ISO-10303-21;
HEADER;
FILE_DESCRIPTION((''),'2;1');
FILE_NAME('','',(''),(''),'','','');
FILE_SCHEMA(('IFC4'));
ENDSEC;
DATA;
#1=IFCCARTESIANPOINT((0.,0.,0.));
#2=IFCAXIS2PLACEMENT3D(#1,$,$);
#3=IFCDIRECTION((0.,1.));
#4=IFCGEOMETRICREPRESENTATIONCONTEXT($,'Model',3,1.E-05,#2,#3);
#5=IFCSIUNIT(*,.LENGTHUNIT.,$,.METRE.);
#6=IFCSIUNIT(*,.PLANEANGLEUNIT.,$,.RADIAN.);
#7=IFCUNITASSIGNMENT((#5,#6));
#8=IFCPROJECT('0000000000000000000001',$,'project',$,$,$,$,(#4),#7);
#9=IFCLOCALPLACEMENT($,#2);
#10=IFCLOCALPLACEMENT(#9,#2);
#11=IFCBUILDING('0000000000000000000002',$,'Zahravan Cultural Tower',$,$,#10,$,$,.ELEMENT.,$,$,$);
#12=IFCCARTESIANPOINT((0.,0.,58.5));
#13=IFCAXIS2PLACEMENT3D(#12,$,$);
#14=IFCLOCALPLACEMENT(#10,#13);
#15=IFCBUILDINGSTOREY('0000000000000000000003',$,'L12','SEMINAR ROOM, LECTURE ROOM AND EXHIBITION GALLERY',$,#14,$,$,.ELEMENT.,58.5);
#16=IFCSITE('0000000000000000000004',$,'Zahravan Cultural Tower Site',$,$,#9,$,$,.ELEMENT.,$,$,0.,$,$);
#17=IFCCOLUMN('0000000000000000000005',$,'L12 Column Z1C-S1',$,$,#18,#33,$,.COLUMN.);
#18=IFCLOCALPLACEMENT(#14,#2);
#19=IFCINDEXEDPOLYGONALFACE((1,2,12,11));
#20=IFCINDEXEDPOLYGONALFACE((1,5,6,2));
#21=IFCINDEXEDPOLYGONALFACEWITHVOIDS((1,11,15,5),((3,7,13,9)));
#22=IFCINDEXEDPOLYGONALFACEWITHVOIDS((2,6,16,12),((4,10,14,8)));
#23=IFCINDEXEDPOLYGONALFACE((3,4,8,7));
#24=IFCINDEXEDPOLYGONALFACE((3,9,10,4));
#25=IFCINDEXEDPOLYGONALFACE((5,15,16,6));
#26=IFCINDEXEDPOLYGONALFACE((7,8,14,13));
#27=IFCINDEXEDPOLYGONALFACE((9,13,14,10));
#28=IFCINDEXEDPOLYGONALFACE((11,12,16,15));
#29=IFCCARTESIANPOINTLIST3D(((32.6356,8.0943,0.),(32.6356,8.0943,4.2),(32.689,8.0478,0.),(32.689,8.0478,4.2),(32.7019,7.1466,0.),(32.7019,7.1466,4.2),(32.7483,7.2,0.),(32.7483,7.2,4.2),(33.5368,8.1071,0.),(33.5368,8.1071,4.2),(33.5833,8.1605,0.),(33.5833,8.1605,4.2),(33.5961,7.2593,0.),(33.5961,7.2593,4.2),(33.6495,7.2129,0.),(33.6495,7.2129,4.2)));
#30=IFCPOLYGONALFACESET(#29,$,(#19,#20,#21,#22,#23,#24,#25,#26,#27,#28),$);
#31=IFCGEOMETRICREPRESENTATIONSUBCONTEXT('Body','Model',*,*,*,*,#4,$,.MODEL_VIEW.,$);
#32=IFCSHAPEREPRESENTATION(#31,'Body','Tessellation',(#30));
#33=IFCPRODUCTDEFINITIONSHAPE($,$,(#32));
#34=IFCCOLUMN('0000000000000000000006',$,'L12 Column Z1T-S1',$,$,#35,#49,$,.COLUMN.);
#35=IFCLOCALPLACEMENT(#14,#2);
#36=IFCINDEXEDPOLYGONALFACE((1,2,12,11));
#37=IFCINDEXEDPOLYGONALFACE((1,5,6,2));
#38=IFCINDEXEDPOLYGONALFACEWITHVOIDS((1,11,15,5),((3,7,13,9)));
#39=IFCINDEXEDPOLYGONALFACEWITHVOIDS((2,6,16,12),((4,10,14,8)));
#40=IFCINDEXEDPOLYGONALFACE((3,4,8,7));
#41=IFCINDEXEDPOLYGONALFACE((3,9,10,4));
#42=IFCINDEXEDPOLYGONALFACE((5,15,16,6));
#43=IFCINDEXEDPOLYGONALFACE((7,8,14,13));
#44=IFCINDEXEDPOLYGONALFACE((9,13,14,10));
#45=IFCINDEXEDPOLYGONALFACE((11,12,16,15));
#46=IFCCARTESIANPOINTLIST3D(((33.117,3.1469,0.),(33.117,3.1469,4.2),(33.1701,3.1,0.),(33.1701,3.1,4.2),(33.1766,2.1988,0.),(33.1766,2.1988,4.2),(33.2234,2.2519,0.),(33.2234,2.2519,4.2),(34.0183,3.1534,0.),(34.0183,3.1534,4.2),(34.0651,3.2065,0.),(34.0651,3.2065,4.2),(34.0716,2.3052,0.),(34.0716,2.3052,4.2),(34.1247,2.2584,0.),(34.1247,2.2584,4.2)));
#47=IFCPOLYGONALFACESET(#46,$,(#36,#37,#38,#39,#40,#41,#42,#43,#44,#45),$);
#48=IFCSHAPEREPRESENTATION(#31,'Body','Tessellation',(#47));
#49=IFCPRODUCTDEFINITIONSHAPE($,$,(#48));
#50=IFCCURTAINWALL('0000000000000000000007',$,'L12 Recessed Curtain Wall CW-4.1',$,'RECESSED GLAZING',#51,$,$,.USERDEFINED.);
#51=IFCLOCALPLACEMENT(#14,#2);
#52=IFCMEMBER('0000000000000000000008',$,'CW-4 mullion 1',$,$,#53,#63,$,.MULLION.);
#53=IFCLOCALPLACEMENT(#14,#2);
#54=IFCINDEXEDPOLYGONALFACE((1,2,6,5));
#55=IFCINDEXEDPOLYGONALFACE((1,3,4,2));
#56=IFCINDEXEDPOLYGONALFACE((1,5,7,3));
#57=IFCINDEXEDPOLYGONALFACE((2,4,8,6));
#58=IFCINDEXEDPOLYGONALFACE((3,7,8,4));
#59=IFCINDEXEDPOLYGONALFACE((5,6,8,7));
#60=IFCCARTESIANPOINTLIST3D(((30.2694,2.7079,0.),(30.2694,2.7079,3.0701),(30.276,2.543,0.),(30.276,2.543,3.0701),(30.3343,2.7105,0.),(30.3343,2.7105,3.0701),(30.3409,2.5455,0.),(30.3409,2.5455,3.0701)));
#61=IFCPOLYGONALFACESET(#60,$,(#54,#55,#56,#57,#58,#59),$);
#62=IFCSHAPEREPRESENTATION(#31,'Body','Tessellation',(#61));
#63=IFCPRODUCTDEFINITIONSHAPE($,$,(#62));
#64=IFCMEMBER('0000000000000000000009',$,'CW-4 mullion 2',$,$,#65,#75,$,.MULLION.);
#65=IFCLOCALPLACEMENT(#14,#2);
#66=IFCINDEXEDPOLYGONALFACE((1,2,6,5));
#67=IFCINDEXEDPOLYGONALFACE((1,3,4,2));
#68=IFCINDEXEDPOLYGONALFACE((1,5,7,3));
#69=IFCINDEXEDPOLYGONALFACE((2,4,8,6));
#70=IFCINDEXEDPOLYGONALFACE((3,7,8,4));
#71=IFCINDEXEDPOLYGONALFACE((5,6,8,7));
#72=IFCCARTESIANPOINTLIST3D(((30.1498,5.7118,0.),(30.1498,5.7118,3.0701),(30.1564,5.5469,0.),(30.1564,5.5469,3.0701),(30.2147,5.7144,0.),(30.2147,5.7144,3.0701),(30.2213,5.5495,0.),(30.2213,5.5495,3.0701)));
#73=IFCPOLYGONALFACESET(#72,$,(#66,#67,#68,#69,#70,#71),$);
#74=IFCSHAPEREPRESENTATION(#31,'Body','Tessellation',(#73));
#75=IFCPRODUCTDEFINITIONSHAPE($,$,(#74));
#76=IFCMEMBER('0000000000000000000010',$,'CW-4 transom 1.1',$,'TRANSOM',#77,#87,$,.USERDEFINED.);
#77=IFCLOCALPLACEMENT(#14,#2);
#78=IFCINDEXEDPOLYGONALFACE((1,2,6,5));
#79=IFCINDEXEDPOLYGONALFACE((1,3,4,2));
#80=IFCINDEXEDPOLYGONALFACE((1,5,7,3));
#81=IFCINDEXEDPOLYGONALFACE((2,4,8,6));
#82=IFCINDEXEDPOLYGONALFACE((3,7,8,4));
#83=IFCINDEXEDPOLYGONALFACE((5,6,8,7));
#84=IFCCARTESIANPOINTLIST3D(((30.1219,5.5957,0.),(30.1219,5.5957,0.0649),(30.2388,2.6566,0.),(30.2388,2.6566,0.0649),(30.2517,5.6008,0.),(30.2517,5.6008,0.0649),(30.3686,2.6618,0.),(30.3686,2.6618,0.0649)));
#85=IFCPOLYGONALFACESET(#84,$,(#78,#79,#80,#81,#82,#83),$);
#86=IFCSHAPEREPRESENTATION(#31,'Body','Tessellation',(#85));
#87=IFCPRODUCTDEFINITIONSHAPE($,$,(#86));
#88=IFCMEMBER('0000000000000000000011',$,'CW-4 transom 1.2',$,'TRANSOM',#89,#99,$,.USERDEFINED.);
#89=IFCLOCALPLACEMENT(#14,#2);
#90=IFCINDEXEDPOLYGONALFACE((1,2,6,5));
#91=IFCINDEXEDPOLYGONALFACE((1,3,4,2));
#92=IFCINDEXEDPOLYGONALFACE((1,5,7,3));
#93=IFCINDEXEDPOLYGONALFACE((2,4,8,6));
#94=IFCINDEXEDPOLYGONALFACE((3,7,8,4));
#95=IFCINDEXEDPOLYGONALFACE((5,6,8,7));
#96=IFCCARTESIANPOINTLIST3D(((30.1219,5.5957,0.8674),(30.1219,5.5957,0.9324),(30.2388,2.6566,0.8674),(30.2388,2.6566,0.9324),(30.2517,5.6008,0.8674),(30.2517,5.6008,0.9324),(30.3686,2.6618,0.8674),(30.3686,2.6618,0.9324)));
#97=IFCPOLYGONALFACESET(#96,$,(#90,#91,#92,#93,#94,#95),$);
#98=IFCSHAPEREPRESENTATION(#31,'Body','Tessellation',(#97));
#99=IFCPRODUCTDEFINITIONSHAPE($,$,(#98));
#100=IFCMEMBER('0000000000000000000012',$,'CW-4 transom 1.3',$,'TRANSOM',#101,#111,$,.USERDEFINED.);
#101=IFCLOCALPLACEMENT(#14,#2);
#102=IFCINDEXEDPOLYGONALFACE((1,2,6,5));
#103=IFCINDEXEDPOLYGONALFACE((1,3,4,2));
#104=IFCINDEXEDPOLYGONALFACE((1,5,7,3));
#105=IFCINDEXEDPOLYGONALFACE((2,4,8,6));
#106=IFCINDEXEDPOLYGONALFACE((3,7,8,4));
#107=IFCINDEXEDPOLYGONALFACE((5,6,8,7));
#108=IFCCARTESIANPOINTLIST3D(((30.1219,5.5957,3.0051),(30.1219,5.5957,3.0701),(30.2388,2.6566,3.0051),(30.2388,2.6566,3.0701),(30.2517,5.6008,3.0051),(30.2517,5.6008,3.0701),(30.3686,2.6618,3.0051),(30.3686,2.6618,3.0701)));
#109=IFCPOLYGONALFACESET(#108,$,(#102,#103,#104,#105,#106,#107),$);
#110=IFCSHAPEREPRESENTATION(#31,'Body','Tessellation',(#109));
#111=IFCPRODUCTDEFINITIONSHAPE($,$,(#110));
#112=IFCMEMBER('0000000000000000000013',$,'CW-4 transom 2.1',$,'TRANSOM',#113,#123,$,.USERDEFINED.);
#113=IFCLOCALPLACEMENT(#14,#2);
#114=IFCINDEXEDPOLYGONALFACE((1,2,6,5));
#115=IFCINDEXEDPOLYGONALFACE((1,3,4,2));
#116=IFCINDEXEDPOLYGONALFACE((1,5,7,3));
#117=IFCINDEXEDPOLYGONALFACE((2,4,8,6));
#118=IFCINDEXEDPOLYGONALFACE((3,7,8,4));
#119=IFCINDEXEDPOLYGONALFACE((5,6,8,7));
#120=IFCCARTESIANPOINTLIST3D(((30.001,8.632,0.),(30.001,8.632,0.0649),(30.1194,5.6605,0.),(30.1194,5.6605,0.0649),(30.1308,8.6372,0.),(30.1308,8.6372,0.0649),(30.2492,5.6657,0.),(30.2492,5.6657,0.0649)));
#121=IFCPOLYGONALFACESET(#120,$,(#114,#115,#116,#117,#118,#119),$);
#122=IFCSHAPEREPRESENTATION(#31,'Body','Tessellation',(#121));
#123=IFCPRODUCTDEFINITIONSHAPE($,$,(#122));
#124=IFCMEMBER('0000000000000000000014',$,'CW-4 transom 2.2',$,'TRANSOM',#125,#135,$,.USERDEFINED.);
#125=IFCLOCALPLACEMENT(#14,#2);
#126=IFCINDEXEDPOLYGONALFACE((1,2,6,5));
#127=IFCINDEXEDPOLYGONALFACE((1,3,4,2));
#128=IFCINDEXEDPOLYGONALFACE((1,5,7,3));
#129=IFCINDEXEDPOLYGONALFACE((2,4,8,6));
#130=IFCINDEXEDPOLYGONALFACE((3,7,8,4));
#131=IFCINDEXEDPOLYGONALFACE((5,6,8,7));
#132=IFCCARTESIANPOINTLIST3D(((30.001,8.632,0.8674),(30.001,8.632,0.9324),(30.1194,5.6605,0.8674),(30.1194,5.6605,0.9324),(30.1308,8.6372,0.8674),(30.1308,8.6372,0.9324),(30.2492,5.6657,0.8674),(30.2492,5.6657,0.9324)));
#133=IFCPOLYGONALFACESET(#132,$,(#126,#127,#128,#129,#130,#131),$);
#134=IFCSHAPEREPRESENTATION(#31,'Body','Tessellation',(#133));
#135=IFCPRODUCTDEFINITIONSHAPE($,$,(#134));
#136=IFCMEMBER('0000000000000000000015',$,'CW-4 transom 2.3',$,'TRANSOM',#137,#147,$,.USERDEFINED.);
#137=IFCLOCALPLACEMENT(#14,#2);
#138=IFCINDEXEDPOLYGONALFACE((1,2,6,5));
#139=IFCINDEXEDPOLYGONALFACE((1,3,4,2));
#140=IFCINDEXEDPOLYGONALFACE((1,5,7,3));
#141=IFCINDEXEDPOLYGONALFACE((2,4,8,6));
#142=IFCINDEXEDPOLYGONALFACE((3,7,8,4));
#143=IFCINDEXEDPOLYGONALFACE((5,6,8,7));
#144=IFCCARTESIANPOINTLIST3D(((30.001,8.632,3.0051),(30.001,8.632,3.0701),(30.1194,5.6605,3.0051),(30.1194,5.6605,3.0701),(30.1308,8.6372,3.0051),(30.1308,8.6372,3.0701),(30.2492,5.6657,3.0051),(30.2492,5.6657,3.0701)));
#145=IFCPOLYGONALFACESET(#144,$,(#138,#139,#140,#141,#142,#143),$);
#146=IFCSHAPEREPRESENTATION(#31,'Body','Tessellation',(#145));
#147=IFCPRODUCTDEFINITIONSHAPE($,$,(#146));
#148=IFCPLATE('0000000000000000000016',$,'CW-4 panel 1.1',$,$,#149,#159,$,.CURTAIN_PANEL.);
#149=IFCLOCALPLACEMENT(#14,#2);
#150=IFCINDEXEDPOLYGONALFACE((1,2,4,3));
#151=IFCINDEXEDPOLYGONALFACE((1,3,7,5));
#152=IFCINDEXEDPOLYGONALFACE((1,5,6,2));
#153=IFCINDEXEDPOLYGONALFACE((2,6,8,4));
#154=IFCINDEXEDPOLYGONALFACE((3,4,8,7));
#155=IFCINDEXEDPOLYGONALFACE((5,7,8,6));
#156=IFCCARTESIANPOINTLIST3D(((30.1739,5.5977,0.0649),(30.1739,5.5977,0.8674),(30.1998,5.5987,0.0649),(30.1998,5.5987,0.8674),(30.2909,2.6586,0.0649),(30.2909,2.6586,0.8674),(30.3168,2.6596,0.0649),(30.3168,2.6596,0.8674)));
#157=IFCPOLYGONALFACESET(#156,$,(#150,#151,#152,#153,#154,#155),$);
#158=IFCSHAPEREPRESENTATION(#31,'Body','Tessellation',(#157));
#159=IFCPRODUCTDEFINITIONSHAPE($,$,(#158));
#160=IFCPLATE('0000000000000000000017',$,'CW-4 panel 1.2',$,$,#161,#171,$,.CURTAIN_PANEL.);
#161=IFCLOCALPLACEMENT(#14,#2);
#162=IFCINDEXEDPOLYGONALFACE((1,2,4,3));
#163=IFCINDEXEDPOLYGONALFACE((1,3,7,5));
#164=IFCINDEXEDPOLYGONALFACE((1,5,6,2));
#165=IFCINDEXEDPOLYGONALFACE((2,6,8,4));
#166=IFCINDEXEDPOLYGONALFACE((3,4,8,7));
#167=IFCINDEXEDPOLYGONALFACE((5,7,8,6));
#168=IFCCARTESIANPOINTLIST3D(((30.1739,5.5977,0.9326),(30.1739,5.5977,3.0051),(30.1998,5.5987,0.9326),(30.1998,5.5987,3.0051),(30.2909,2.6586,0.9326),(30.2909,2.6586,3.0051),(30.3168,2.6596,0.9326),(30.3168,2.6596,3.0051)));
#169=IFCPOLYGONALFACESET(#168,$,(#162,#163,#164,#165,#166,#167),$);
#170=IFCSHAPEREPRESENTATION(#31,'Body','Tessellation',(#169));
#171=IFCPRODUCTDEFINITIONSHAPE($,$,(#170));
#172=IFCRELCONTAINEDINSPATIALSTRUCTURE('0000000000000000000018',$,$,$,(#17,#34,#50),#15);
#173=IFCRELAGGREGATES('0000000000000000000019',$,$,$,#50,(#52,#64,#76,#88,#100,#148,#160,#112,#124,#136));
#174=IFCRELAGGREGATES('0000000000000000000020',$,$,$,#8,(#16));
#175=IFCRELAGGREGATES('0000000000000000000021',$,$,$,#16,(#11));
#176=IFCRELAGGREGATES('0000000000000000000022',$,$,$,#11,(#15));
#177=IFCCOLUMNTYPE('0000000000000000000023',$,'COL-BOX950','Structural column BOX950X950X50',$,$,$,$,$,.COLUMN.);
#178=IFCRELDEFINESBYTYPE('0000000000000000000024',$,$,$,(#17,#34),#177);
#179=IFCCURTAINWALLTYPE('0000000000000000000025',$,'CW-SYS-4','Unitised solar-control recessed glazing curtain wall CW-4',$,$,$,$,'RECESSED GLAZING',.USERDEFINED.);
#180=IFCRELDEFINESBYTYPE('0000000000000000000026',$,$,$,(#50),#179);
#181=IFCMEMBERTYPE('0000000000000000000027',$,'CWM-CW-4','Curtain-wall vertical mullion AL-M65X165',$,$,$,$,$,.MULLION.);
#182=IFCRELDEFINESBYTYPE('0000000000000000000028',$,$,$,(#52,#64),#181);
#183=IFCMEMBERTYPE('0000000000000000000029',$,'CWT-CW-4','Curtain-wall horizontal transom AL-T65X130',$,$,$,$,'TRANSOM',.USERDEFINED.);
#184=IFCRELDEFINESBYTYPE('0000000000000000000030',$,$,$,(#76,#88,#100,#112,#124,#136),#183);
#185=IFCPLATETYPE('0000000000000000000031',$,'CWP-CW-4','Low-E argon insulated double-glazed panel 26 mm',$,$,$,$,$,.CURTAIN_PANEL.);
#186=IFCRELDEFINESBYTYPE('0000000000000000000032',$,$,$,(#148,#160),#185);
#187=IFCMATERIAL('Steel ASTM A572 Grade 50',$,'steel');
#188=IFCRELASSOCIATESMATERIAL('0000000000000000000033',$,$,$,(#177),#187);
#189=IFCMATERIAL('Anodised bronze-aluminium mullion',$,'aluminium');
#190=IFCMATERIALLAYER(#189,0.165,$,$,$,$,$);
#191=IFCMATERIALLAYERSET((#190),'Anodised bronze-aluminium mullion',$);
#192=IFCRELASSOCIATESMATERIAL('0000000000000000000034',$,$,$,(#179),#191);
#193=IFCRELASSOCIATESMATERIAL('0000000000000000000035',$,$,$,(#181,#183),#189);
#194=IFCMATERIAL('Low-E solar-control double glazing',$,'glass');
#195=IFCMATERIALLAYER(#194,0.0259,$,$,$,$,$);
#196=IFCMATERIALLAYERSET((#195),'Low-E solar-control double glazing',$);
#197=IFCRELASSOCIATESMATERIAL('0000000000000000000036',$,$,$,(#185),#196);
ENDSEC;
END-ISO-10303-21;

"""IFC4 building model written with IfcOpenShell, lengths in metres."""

from ifc_helpers import new_model, si_unit, direction, frame, origin, origin_2d, place, context, subcontext, project, spatial, rectangle, hollow_rectangle, extrude, source, transform, mapped, material, layer, layer_set, material_profile, profile_set, type_object, element, aggregate, save


model = new_model("IFC4")

# Units and contexts
model_context = context("Model", 3, precision=1e-05, world=origin(), true_north=direction((0.0, 1.0)))
body_context = subcontext(model_context, "Body", "Model", "MODEL_VIEW")
ifc_project = project(units=[si_unit("LENGTHUNIT", "METRE"), si_unit("PLANEANGLEUNIT", "RADIAN")], contexts=[model_context])

# Site, building, storey
site_placement = place(None, origin())
site = spatial("IfcSite", under=ifc_project, at=site_placement, Name="Zahravan Cultural Tower Site", CompositionType="ELEMENT", RefElevation=0.0)
building_placement = place(site_placement, origin())
building = spatial("IfcBuilding", under=site, at=building_placement, Name="Zahravan Cultural Tower", CompositionType="ELEMENT")
storey_placement = place(building_placement, frame((0.0, 0.0, 58.5)))
storey = spatial("IfcBuildingStorey", under=building, at=storey_placement, Name="L12", Description="SEMINAR ROOM, LECTURE ROOM AND EXHIBITION GALLERY", CompositionType="ELEMENT", Elevation=58.5)

# Columns
ifc_material_1 = material(Name="Steel ASTM A572 Grade 50", Category="steel")
ifc_material_profile_1 = material_profile(ifc_material_1, hollow_rectangle(XDim=0.95, YDim=0.95, WallThickness=0.05, at=origin_2d()), Name="BOX950X950X50")
ifc_profile_set_1 = profile_set([ifc_material_profile_1], Name="Steel ASTM A572 Grade 50")
column_type = type_object("IfcColumnType", Name="COL-BOX950", Description="Structural column BOX950X950X50", PredefinedType="COLUMN", material=ifc_profile_set_1)
shared_shape_1 = source(origin(), body_context, "Body", "SweptSolid", [
    extrude(hollow_rectangle(XDim=0.95, YDim=0.95, WallThickness=0.05, at=origin_2d()), origin(), (0.0, 0.0, 1.0), 4.2),
])
for number, where, z_axis, x_axis, name in (
    (1, (33.1426, 7.6536, 0.0), (0.0, 0.0, 1.0), (-0.069756, 0.997564, 0.0), "L12 Column Z1C-S1"),
    (2, (33.6208, 2.7026, 0.0), (0.0, 0.0, 1.0), (-0.062791, 0.998027, 0.0), "L12 Column Z1T-S1"),
):
    element("IfcColumn", number, at=place(storey_placement, frame(where, z_axis=z_axis, x_axis=x_axis)), inside=storey, type_object=column_type, Name=name, PredefinedType="COLUMN", context=body_context, shape_type="MappedRepresentation", body=[
        mapped(shared_shape_1, transform((0.0, 0.0, 0.0), x_axis=(1.0, 0.0, 0.0), y_axis=(0.0, 1.0, 0.0), z_axis=(0.0, 0.0, 1.0), scale=1.0)),
    ])

# Curtain wall, members, plates
ifc_material_2 = material(Name="Anodised bronze-aluminium mullion", Category="aluminium")
ifc_layer_1 = layer(ifc_material_2, 0.165)
ifc_layer_set_1 = layer_set([ifc_layer_1], Name="Anodised bronze-aluminium mullion")
curtain_wall_type = type_object("IfcCurtainWallType", Name="CW-SYS-4", Description="Unitised solar-control recessed glazing curtain wall CW-4", ElementType="RECESSED GLAZING", PredefinedType="USERDEFINED", material=ifc_layer_set_1)
curtain_wall_placement = place(storey_placement, origin())
curtain_wall = element("IfcCurtainWall", 3, at=curtain_wall_placement, inside=storey, type_object=curtain_wall_type, Name="L12 Recessed Curtain Wall CW-4.1", ObjectType="RECESSED GLAZING", PredefinedType="USERDEFINED")
ifc_material_profile_2 = material_profile(ifc_material_2, rectangle(XDim=0.0649, YDim=0.165, at=origin_2d()), Name="AL-M65X165")
ifc_profile_set_2 = profile_set([ifc_material_profile_2], Name="Anodised bronze-aluminium mullion")
member_type_1 = type_object("IfcMemberType", Name="CWM-CW-4", Description="Curtain-wall vertical mullion AL-M65X165", PredefinedType="MULLION", material=ifc_profile_set_2)
shared_shape_2 = source(origin(), body_context, "Body", "SweptSolid", [
    extrude(rectangle(XDim=0.0649, YDim=0.165, at=origin_2d()), origin(), (0.0, 0.0, 1.0), 3.0701),
])
member_1_placement = place(storey_placement, frame((30.3052, 2.6267, 0.0), z_axis=(0.0, 0.0, 1.0), x_axis=(-0.999208, -0.039785, 0.0)))
member_1 = element("IfcMember", 4, at=member_1_placement, type_object=member_type_1, Name="CW-4 mullion 1", PredefinedType="MULLION", context=body_context, shape_type="MappedRepresentation", body=[
    mapped(shared_shape_2, transform((0.0, 0.0, 0.0), x_axis=(1.0, 0.0, 0.0), y_axis=(0.0, 1.0, 0.0), z_axis=(0.0, 0.0, 1.0), scale=1.0)),
])
member_2_placement = place(storey_placement, frame((30.1855, 5.6306, 0.0), z_axis=(0.0, 0.0, 1.0), x_axis=(-0.999208, -0.039785, 0.0)))
member_2 = element("IfcMember", 5, at=member_2_placement, type_object=member_type_1, Name="CW-4 mullion 2", PredefinedType="MULLION", context=body_context, shape_type="MappedRepresentation", body=[
    mapped(shared_shape_2, transform((0.0, 0.0, 0.0), x_axis=(1.0, 0.0, 0.0), y_axis=(0.0, 1.0, 0.0), z_axis=(0.0, 0.0, 1.0), scale=1.0)),
])
ifc_material_profile_3 = material_profile(ifc_material_2, rectangle(XDim=0.1299, YDim=0.0649, at=origin_2d()), Name="AL-T65X130")
ifc_profile_set_3 = profile_set([ifc_material_profile_3], Name="Anodised bronze-aluminium mullion")
member_type_2 = type_object("IfcMemberType", Name="CWT-CW-4", Description="Curtain-wall horizontal transom AL-T65X130", ElementType="TRANSOM", PredefinedType="USERDEFINED", material=ifc_profile_set_3)
shared_shape_3 = source(origin(), body_context, "Body", "SweptSolid", [
    extrude(rectangle(XDim=0.1299, YDim=0.0649, at=origin_2d()), origin(), (0.0, 0.0, 1.0), 2.9414),
])
member_3_placement = place(storey_placement, frame((30.3037, 2.6592, 0.0325), z_axis=(-0.039759, 0.999209, 0.0), x_axis=(-0.999209, -0.039759, 0.0)))
member_3 = element("IfcMember", 6, at=member_3_placement, type_object=member_type_2, Name="CW-4 transom 1.1", ObjectType="TRANSOM", PredefinedType="USERDEFINED", context=body_context, shape_type="MappedRepresentation", body=[
    mapped(shared_shape_3, transform((0.0, 0.0, 0.0), x_axis=(1.0, 0.0, 0.0), y_axis=(0.0, 1.0, 0.0), z_axis=(0.0, 0.0, 1.0), scale=1.0)),
])
member_4_placement = place(storey_placement, frame((30.3037, 2.6592, 0.8999), z_axis=(-0.039759, 0.999209, 0.0), x_axis=(-0.999209, -0.039759, 0.0)))
member_4 = element("IfcMember", 7, at=member_4_placement, type_object=member_type_2, Name="CW-4 transom 1.2", ObjectType="TRANSOM", PredefinedType="USERDEFINED", context=body_context, shape_type="MappedRepresentation", body=[
    mapped(shared_shape_3, transform((0.0, 0.0, 0.0), x_axis=(1.0, 0.0, 0.0), y_axis=(0.0, 1.0, 0.0), z_axis=(0.0, 0.0, 1.0), scale=1.0)),
])
member_5_placement = place(storey_placement, frame((30.3037, 2.6592, 3.0376), z_axis=(-0.039759, 0.999209, 0.0), x_axis=(-0.999209, -0.039759, 0.0)))
member_5 = element("IfcMember", 8, at=member_5_placement, type_object=member_type_2, Name="CW-4 transom 1.3", ObjectType="TRANSOM", PredefinedType="USERDEFINED", context=body_context, shape_type="MappedRepresentation", body=[
    mapped(shared_shape_3, transform((0.0, 0.0, 0.0), x_axis=(1.0, 0.0, 0.0), y_axis=(0.0, 1.0, 0.0), z_axis=(0.0, 0.0, 1.0), scale=1.0)),
])
shared_shape_4 = source(origin(), body_context, "Body", "SweptSolid", [
    extrude(rectangle(XDim=0.1299, YDim=0.0649, at=origin_2d()), origin(), (0.0, 0.0, 1.0), 2.9739),
])
member_6_placement = place(storey_placement, frame((30.1843, 5.6631, 0.0325), z_axis=(-0.039817, 0.999207, 0.0), x_axis=(-0.999207, -0.039817, 0.0)))
member_6 = element("IfcMember", 9, at=member_6_placement, type_object=member_type_2, Name="CW-4 transom 2.1", ObjectType="TRANSOM", PredefinedType="USERDEFINED", context=body_context, shape_type="MappedRepresentation", body=[
    mapped(shared_shape_4, transform((0.0, 0.0, 0.0), x_axis=(1.0, 0.0, 0.0), y_axis=(0.0, 1.0, 0.0), z_axis=(0.0, 0.0, 1.0), scale=1.0)),
])
member_7_placement = place(storey_placement, frame((30.1843, 5.6631, 0.8999), z_axis=(-0.039817, 0.999207, 0.0), x_axis=(-0.999207, -0.039817, 0.0)))
member_7 = element("IfcMember", 10, at=member_7_placement, type_object=member_type_2, Name="CW-4 transom 2.2", ObjectType="TRANSOM", PredefinedType="USERDEFINED", context=body_context, shape_type="MappedRepresentation", body=[
    mapped(shared_shape_4, transform((0.0, 0.0, 0.0), x_axis=(1.0, 0.0, 0.0), y_axis=(0.0, 1.0, 0.0), z_axis=(0.0, 0.0, 1.0), scale=1.0)),
])
member_8_placement = place(storey_placement, frame((30.1843, 5.6631, 3.0376), z_axis=(-0.039817, 0.999207, 0.0), x_axis=(-0.999207, -0.039817, 0.0)))
member_8 = element("IfcMember", 11, at=member_8_placement, type_object=member_type_2, Name="CW-4 transom 2.3", ObjectType="TRANSOM", PredefinedType="USERDEFINED", context=body_context, shape_type="MappedRepresentation", body=[
    mapped(shared_shape_4, transform((0.0, 0.0, 0.0), x_axis=(1.0, 0.0, 0.0), y_axis=(0.0, 1.0, 0.0), z_axis=(0.0, 0.0, 1.0), scale=1.0)),
])
ifc_material_3 = material(Name="Low-E solar-control double glazing", Category="glass")
ifc_layer_2 = layer(ifc_material_3, 0.0259)
ifc_layer_set_2 = layer_set([ifc_layer_2], Name="Low-E solar-control double glazing")
plate_type = type_object("IfcPlateType", Name="CWP-CW-4", Description="Low-E argon insulated double-glazed panel 26 mm", PredefinedType="CURTAIN_PANEL", material=ifc_layer_set_2)
shared_shape_5 = source(origin(), body_context, "Body", "SweptSolid", [
    extrude(rectangle(XDim=2.9414, YDim=0.0259, at=origin_2d()), origin(), (0.0, 0.0, 1.0), 0.8025),
])
plate_1_placement = place(storey_placement, frame((30.2454, 4.1287, 0.0649), z_axis=(0.0, 0.0, 1.0), x_axis=(-0.039785, 0.999208, 0.0)))
plate_1 = element("IfcPlate", 12, at=plate_1_placement, type_object=plate_type, Name="CW-4 panel 1.1", PredefinedType="CURTAIN_PANEL", context=body_context, shape_type="MappedRepresentation", body=[
    mapped(shared_shape_5, transform((0.0, 0.0, 0.0), x_axis=(1.0, 0.0, 0.0), y_axis=(0.0, 1.0, 0.0), z_axis=(0.0, 0.0, 1.0), scale=1.0)),
])
shared_shape_6 = source(origin(), body_context, "Body", "SweptSolid", [
    extrude(rectangle(XDim=2.9414, YDim=0.0259, at=origin_2d()), origin(), (0.0, 0.0, 1.0), 2.0725),
])
plate_2_placement = place(storey_placement, frame((30.2454, 4.1287, 0.9326), z_axis=(0.0, 0.0, 1.0), x_axis=(-0.039785, 0.999208, 0.0)))
plate_2 = element("IfcPlate", 13, at=plate_2_placement, type_object=plate_type, Name="CW-4 panel 1.2", PredefinedType="CURTAIN_PANEL", context=body_context, shape_type="MappedRepresentation", body=[
    mapped(shared_shape_6, transform((0.0, 0.0, 0.0), x_axis=(1.0, 0.0, 0.0), y_axis=(0.0, 1.0, 0.0), z_axis=(0.0, 0.0, 1.0), scale=1.0)),
])
aggregate(curtain_wall, [member_1, member_2, member_3, member_4, member_5, plate_1, plate_2, member_6, member_7, member_8])

save(model, "model.ifc")
